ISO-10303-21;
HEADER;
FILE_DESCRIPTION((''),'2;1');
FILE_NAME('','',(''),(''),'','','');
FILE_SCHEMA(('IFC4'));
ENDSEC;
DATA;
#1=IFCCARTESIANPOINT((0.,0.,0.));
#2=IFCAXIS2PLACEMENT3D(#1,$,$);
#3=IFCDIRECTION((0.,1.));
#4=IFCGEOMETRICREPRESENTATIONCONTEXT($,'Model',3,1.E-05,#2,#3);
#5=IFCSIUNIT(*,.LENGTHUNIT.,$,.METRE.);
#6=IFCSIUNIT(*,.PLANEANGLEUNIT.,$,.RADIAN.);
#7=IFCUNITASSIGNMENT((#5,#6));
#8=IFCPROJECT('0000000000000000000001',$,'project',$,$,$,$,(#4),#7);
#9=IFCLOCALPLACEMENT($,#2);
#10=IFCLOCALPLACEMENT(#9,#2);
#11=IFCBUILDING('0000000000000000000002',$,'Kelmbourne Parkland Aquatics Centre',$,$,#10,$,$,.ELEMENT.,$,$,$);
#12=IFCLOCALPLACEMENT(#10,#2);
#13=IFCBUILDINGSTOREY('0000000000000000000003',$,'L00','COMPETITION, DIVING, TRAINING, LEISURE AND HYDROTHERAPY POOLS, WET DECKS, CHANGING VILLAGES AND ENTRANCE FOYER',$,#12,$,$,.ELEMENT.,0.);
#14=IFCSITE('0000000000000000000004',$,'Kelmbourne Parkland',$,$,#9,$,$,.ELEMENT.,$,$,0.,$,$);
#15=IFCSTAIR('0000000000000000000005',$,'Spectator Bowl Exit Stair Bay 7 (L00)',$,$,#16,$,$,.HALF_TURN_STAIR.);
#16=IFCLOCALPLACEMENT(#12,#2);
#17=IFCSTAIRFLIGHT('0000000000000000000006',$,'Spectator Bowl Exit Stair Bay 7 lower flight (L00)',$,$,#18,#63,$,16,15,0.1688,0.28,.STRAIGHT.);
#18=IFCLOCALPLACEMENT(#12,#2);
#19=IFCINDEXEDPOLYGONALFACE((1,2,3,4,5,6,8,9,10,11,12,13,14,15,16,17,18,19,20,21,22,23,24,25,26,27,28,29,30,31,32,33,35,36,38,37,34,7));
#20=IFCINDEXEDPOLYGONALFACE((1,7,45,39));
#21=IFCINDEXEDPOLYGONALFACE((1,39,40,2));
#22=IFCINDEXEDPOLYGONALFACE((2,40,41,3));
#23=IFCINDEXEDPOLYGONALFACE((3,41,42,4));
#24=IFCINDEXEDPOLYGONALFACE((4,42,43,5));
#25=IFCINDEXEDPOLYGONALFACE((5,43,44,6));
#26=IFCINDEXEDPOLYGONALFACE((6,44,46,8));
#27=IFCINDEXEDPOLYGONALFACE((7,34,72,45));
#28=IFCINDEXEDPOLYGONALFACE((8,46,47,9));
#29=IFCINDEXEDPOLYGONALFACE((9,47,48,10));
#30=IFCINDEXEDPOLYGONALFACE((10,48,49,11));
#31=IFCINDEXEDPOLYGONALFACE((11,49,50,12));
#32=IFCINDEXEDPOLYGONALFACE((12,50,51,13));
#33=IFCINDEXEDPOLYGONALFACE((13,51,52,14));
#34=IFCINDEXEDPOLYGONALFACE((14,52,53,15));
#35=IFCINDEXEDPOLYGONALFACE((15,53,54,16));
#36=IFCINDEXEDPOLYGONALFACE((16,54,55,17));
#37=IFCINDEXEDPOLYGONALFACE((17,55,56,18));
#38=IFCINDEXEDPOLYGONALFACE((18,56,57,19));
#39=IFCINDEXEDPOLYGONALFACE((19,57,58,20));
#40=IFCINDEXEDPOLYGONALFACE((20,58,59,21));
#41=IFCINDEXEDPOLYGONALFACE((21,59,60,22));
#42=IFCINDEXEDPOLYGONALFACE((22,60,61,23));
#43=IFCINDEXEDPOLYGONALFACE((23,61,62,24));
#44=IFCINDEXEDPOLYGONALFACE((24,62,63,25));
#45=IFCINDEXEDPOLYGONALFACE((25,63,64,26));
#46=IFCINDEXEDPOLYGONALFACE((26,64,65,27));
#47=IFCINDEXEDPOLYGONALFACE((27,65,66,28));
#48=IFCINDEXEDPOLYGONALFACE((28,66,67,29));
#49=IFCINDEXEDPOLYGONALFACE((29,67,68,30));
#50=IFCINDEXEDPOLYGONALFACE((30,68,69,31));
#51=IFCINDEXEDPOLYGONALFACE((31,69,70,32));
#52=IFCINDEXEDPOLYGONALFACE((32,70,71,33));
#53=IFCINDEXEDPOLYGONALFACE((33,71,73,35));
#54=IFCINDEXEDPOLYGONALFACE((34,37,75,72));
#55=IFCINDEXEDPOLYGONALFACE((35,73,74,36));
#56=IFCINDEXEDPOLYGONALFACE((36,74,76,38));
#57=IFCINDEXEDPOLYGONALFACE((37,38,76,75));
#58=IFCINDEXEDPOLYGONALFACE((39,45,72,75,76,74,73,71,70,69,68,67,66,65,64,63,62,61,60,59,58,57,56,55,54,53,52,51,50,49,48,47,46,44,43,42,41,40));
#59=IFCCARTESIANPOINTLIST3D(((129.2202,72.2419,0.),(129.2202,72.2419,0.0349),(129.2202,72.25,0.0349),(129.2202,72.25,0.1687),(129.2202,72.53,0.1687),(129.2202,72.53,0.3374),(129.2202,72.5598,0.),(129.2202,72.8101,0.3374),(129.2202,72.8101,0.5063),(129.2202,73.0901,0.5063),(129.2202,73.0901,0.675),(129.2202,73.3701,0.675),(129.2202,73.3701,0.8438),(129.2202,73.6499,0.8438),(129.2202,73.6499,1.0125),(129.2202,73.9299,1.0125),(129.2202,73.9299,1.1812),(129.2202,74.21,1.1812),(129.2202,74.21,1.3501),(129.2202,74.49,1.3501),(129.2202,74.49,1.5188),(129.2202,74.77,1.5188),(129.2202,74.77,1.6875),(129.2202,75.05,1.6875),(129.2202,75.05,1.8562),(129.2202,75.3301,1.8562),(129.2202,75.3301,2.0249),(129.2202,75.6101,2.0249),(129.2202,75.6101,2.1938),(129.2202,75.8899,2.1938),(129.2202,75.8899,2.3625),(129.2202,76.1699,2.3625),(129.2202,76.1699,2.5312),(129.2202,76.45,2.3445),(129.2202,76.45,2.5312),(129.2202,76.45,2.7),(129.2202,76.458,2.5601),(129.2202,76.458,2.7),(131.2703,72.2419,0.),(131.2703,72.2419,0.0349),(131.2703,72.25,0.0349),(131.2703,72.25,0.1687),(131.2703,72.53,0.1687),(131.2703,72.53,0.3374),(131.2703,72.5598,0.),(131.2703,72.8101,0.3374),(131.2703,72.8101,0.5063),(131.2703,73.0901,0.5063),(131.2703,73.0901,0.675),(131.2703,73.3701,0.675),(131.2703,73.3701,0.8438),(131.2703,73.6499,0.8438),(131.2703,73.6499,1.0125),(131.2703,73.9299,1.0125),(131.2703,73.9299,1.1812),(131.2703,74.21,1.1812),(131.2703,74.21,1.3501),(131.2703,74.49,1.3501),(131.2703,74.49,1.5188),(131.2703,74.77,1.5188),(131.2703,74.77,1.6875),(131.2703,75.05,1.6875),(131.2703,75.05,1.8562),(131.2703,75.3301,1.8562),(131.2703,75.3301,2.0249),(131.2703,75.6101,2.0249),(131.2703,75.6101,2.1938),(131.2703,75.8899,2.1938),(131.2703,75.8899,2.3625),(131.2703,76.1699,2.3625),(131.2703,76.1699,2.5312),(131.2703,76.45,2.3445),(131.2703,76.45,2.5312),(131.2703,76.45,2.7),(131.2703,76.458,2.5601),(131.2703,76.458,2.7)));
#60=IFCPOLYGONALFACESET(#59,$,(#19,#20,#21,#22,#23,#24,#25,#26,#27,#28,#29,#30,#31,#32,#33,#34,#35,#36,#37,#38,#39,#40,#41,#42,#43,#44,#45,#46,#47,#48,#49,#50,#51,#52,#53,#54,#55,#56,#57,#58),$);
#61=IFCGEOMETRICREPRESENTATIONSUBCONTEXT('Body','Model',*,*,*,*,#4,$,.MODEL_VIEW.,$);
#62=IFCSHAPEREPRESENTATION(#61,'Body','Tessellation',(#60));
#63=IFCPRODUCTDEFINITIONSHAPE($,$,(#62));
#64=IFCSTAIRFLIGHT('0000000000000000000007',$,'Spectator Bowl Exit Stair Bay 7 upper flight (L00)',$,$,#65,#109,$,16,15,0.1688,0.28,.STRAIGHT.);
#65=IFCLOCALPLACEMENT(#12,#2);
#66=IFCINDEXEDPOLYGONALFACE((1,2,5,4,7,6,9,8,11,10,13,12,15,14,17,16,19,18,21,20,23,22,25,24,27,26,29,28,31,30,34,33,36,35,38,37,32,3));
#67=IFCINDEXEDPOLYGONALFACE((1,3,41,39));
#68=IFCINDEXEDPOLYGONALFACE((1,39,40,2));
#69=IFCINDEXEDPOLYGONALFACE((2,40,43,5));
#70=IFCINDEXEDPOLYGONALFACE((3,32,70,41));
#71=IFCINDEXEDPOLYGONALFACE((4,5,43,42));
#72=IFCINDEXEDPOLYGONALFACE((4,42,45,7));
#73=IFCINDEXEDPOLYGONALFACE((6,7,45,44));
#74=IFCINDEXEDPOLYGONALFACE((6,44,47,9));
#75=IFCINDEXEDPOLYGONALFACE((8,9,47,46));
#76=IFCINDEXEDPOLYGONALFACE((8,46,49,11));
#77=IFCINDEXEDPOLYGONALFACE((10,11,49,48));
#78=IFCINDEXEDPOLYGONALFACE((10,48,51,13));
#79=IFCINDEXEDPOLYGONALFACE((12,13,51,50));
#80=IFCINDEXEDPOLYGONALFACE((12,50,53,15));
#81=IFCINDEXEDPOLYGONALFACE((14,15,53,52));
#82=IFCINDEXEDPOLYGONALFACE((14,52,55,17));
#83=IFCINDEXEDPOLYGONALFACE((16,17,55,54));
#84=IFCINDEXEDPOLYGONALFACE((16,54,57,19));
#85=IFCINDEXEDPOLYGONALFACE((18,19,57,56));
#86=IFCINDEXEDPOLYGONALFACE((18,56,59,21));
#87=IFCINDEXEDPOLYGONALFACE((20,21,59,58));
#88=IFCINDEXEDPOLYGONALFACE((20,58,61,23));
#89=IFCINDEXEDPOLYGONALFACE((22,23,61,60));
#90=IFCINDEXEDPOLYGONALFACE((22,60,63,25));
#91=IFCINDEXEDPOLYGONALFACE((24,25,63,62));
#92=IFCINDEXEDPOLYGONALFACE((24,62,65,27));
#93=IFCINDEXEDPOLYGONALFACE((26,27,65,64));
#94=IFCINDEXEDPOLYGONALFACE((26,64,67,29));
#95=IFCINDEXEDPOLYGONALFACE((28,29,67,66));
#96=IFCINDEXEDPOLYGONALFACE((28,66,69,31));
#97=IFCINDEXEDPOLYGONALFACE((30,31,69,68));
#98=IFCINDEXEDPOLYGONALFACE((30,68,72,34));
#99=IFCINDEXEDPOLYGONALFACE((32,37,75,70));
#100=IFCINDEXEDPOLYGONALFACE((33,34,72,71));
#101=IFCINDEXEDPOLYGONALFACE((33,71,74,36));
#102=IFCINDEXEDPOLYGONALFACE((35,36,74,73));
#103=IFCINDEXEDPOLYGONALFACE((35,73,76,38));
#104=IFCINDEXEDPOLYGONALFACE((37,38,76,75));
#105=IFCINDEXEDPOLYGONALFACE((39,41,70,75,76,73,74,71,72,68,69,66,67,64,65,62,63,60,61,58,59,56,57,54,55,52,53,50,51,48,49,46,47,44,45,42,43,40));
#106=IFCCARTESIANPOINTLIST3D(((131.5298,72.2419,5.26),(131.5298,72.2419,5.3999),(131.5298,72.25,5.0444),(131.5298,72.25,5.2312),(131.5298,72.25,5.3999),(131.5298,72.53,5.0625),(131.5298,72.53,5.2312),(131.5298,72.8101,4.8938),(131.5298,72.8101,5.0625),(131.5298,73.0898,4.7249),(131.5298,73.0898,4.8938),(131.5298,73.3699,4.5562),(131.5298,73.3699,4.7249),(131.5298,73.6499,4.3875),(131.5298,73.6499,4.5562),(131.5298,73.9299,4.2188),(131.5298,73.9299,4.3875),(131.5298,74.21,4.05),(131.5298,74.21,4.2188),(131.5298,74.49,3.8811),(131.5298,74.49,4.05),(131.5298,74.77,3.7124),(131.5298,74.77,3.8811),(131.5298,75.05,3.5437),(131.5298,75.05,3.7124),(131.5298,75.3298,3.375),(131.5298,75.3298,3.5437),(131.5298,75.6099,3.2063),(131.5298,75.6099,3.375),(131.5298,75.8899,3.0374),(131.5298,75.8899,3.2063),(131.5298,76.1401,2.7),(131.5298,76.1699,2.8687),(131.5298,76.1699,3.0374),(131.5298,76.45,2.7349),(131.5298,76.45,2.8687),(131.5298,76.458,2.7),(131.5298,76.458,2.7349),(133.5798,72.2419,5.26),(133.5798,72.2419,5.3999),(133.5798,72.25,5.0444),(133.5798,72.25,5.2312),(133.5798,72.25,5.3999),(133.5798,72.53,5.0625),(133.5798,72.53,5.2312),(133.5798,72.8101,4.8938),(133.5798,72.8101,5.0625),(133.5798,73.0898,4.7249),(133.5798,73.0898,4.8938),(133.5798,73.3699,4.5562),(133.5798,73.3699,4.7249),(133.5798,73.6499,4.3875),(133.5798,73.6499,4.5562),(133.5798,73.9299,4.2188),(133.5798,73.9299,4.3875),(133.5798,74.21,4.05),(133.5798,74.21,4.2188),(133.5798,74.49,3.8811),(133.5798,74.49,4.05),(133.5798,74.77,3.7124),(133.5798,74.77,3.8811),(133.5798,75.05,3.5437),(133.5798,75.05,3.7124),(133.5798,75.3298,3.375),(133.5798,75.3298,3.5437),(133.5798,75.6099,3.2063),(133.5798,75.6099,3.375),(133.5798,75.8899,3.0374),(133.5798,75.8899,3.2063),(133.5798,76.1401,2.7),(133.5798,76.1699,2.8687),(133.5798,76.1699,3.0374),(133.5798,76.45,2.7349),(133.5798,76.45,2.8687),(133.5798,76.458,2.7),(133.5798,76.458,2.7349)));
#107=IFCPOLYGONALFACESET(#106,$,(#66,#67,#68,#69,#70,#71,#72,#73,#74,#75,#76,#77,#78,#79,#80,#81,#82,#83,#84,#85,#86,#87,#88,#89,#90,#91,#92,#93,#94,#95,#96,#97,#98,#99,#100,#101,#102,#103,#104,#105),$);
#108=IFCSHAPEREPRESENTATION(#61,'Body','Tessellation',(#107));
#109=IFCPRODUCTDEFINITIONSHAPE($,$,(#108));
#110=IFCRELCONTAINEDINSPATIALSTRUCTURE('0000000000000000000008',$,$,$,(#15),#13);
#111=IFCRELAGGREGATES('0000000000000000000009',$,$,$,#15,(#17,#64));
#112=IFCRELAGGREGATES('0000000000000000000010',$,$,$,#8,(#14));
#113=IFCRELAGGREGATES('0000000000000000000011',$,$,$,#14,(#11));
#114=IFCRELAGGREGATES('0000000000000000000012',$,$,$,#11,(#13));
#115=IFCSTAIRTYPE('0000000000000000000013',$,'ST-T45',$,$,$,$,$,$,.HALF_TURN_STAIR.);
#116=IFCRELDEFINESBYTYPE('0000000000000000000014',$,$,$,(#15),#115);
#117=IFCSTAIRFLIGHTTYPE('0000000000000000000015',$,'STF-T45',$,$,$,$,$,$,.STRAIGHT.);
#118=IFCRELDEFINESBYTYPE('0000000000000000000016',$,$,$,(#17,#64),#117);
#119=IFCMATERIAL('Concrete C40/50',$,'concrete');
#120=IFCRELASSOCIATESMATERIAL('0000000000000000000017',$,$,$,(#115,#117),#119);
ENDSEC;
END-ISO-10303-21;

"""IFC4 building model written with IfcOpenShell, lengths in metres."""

from ifc_helpers import new_model, si_unit, direction, frame, origin, place, context, subcontext, project, spatial, polyline, outline, extrude, material, type_object, element, aggregate, save


model = new_model("IFC4")

# Units and contexts
model_context = context("Model", 3, precision=1e-05, world=origin(), true_north=direction((0.0, 1.0)))
body_context = subcontext(model_context, "Body", "Model", "MODEL_VIEW")
ifc_project = project(units=[si_unit("LENGTHUNIT", "METRE"), si_unit("PLANEANGLEUNIT", "RADIAN")], contexts=[model_context])

# Site, building, storey
site_placement = place(None, origin())
site = spatial("IfcSite", under=ifc_project, at=site_placement, Name="Kelmbourne Parkland", CompositionType="ELEMENT", RefElevation=0.0)
building_placement = place(site_placement, origin())
building = spatial("IfcBuilding", under=site, at=building_placement, Name="Kelmbourne Parkland Aquatics Centre", CompositionType="ELEMENT")
storey_placement = place(building_placement, origin())
storey = spatial("IfcBuildingStorey", under=building, at=storey_placement, Name="L00", Description="COMPETITION, DIVING, TRAINING, LEISURE AND HYDROTHERAPY POOLS, WET DECKS, CHANGING VILLAGES AND ENTRANCE FOYER", CompositionType="ELEMENT", Elevation=0.0)

# Shared definitions
ifc_material_1 = material(Name="Concrete C40/50", Category="concrete")

# Stair, stair flights
stair_type_1 = type_object("IfcStairType", Name="ST-T45", PredefinedType="HALF_TURN_STAIR", material=ifc_material_1)
stair_1_placement = place(storey_placement, origin())
stair_1 = element("IfcStair", 1, at=stair_1_placement, inside=storey, type_object=stair_type_1, Name="Spectator Bowl Exit Stair Bay 7 (L00)", PredefinedType="HALF_TURN_STAIR")
stair_flight_type_1 = type_object("IfcStairFlightType", Name="STF-T45", PredefinedType="STRAIGHT", material=ifc_material_1)
stair_flight_1_placement = place(storey_placement, frame((130.2451, 72.25, 0.0), z_axis=(0.0, 0.0, 1.0), x_axis=(0.0, 1.0, 0.0)))
stair_flight_1 = element("IfcStairFlight", 2, at=stair_flight_1_placement, type_object=stair_flight_type_1, Name="Spectator Bowl Exit Stair Bay 7 lower flight (L00)", NumberOfRisers=16, NumberOfTreads=15, PredefinedType="STRAIGHT", RiserHeight=0.1688, TreadLength=0.28, context=body_context, shape_type="SweptSolid", body=[
    extrude(outline(polyline([(-0.0081, 0.0), (-0.0081, 0.0349), (0.0, 0.0349), (0.0, 0.1687), (0.28, 0.1687), (0.28, 0.3374), (0.5601, 0.3374), (0.5601, 0.5063), (0.8401, 0.5063), (0.8401, 0.675), (1.1201, 0.675), (1.1201, 0.8438), (1.3999, 0.8438), (1.3999, 1.0125), (1.6799, 1.0125), (1.6799, 1.1812), (1.96, 1.1812), (1.96, 1.3501), (2.24, 1.3501), (2.24, 1.5188), (2.52, 1.5188), (2.52, 1.6875), (2.8, 1.6875), (2.8, 1.8562), (3.0801, 1.8562), (3.0801, 2.0249), (3.3601, 2.0249), (3.3601, 2.1938), (3.6399, 2.1938), (3.6399, 2.3625), (3.9199, 2.3625), (3.9199, 2.5312), (4.2, 2.5312), (4.2, 2.7), (4.208, 2.7), (4.208, 2.5601), (4.2, 2.3445), (0.3098, 0.0), (-0.0081, 0.0)])), frame((0.0, 1.0249, 0.0), z_axis=(0.0, -1.0, 0.0), x_axis=(1.0, 0.0, 0.0)), (0.0, 0.0, 1.0), 2.05),
])
stair_flight_2_placement = place(storey_placement, frame((132.5549, 76.45, 2.7), z_axis=(0.0, 0.0, 1.0), x_axis=(0.0, -1.0, 0.0)))
stair_flight_2 = element("IfcStairFlight", 3, at=stair_flight_2_placement, type_object=stair_flight_type_1, Name="Spectator Bowl Exit Stair Bay 7 upper flight (L00)", NumberOfRisers=16, NumberOfTreads=15, PredefinedType="STRAIGHT", RiserHeight=0.1688, TreadLength=0.28, context=body_context, shape_type="SweptSolid", body=[
    extrude(outline(polyline([(-0.0081, 0.0), (-0.0081, 0.0349), (0.0, 0.0349), (0.0, 0.1687), (0.28, 0.1687), (0.28, 0.3374), (0.5601, 0.3374), (0.5601, 0.5063), (0.8401, 0.5063), (0.8401, 0.675), (1.1201, 0.675), (1.1201, 0.8438), (1.3999, 0.8438), (1.3999, 1.0125), (1.6799, 1.0125), (1.6799, 1.1812), (1.96, 1.1812), (1.96, 1.3501), (2.24, 1.3501), (2.24, 1.5188), (2.52, 1.5188), (2.52, 1.6875), (2.8, 1.6875), (2.8, 1.8562), (3.0801, 1.8562), (3.0801, 2.0249), (3.3601, 2.0249), (3.3601, 2.1938), (3.6399, 2.1938), (3.6399, 2.3625), (3.9199, 2.3625), (3.9199, 2.5312), (4.2, 2.5312), (4.2, 2.7), (4.208, 2.7), (4.208, 2.5601), (4.2, 2.3445), (0.3098, 0.0), (-0.0081, 0.0)])), frame((0.0, 1.0249, 0.0), z_axis=(0.0, -1.0, 0.0), x_axis=(1.0, 0.0, 0.0)), (0.0, 0.0, 1.0), 2.05),
])
aggregate(stair_1, [stair_flight_1, stair_flight_2])

save(model, "model.ifc")
